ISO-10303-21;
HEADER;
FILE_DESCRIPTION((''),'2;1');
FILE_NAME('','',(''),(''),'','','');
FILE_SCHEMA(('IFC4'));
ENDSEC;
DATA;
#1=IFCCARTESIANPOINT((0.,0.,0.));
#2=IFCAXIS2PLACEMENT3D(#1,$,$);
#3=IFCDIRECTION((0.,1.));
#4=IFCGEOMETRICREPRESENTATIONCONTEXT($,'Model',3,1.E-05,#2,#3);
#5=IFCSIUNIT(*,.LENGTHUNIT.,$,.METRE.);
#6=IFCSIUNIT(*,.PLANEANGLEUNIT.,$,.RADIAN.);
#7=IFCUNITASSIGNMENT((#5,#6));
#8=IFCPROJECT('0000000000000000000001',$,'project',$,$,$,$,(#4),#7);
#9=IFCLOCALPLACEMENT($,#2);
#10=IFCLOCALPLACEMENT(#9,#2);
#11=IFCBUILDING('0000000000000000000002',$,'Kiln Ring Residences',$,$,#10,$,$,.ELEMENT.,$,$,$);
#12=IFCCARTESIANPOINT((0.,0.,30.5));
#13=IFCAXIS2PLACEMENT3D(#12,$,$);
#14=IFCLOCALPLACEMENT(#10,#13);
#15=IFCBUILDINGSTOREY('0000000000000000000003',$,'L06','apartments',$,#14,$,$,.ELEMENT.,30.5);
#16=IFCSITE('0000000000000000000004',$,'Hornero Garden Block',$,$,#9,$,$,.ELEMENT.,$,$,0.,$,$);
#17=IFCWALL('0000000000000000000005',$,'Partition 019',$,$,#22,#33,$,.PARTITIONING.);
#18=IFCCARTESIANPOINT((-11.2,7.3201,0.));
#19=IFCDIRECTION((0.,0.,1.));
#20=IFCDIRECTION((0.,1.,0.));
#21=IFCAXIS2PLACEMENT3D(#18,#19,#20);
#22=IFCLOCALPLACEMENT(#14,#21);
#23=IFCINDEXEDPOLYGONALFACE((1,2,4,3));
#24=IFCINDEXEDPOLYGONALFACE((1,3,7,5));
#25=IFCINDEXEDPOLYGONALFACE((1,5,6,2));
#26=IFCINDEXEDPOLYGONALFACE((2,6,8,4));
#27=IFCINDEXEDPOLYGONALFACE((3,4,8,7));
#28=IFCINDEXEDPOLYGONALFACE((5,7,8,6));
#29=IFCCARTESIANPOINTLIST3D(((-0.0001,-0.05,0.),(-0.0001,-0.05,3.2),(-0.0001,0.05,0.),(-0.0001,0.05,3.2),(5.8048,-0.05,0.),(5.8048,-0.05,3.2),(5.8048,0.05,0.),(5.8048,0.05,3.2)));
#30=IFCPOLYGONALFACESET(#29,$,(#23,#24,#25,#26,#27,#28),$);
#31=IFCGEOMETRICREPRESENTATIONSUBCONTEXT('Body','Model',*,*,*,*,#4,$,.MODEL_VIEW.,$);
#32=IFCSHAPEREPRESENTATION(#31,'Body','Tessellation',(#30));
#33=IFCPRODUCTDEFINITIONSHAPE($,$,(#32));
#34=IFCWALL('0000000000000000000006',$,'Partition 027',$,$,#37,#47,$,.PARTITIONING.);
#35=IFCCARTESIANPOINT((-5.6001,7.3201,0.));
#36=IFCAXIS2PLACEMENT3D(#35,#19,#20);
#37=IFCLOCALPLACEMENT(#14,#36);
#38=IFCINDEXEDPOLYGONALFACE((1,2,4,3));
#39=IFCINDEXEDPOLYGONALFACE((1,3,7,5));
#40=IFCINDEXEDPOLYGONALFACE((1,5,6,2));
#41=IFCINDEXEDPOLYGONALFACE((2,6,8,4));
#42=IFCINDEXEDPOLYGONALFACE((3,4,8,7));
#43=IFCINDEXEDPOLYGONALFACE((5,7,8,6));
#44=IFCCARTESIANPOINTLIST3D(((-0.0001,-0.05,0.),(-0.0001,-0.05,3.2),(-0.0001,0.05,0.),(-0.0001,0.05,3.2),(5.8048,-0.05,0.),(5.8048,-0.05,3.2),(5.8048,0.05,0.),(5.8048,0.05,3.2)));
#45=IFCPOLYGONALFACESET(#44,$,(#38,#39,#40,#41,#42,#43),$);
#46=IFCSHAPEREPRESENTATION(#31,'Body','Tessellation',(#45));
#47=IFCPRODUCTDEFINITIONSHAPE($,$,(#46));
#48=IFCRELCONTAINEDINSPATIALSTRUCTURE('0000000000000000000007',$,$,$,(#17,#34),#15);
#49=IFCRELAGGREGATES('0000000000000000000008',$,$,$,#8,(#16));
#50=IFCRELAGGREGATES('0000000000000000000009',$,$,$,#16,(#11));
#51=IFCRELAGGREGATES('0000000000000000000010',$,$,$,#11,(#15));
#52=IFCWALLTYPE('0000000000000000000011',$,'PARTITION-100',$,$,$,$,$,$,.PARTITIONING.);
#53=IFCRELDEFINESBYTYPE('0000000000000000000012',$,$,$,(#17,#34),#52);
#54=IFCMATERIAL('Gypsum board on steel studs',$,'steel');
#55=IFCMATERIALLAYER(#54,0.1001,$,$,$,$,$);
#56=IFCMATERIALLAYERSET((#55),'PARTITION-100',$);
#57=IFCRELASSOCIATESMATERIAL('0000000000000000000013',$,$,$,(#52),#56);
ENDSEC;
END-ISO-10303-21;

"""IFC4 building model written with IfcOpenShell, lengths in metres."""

from ifc_helpers import new_model, si_unit, direction, frame, frame_2d, origin, place, context, subcontext, project, spatial, rectangle, extrude, material, layer, layer_set, type_object, element, save


model = new_model("IFC4")

# Units and contexts
model_context = context("Model", 3, precision=1e-05, world=origin(), true_north=direction((0.0, 1.0)))
body_context = subcontext(model_context, "Body", "Model", "MODEL_VIEW")
ifc_project = project(units=[si_unit("LENGTHUNIT", "METRE"), si_unit("PLANEANGLEUNIT", "RADIAN")], contexts=[model_context])

# Site, building, storey
site_placement = place(None, origin())
site = spatial("IfcSite", under=ifc_project, at=site_placement, Name="Hornero Garden Block", CompositionType="ELEMENT", RefElevation=0.0)
building_placement = place(site_placement, origin())
building = spatial("IfcBuilding", under=site, at=building_placement, Name="Kiln Ring Residences", CompositionType="ELEMENT")
storey_placement = place(building_placement, frame((0.0, 0.0, 30.5)))
storey = spatial("IfcBuildingStorey", under=building, at=storey_placement, Name="L06", Description="apartments", CompositionType="ELEMENT", Elevation=30.5)

# Walls
ifc_material_1 = material(Name="Gypsum board on steel studs", Category="steel")
ifc_layer_1 = layer(ifc_material_1, 0.1001)
ifc_layer_set_1 = layer_set([ifc_layer_1], Name="PARTITION-100")
wall_type_1 = type_object("IfcWallType", Name="PARTITION-100", PredefinedType="PARTITIONING", material=ifc_layer_set_1)
for number, where, z_axis, x_axis, name in (
    (1, (-11.2, 7.3201, 0.0), (0.0, 0.0, 1.0), (0.0, 1.0, 0.0), "Partition 019"),
    (2, (-5.6001, 7.3201, 0.0), (0.0, 0.0, 1.0), (0.0, 1.0, 0.0), "Partition 027"),
):
    element("IfcWall", number, at=place(storey_placement, frame(where, z_axis=z_axis, x_axis=x_axis)), inside=storey, type_object=wall_type_1, Name=name, PredefinedType="PARTITIONING", context=body_context, shape_type="SweptSolid", body=[
        extrude(rectangle(XDim=5.8049, YDim=0.1001, at=frame_2d((2.9023, 0.0))), origin(), (0.0, 0.0, 1.0), 3.2),
    ])

save(model, "model.ifc")
